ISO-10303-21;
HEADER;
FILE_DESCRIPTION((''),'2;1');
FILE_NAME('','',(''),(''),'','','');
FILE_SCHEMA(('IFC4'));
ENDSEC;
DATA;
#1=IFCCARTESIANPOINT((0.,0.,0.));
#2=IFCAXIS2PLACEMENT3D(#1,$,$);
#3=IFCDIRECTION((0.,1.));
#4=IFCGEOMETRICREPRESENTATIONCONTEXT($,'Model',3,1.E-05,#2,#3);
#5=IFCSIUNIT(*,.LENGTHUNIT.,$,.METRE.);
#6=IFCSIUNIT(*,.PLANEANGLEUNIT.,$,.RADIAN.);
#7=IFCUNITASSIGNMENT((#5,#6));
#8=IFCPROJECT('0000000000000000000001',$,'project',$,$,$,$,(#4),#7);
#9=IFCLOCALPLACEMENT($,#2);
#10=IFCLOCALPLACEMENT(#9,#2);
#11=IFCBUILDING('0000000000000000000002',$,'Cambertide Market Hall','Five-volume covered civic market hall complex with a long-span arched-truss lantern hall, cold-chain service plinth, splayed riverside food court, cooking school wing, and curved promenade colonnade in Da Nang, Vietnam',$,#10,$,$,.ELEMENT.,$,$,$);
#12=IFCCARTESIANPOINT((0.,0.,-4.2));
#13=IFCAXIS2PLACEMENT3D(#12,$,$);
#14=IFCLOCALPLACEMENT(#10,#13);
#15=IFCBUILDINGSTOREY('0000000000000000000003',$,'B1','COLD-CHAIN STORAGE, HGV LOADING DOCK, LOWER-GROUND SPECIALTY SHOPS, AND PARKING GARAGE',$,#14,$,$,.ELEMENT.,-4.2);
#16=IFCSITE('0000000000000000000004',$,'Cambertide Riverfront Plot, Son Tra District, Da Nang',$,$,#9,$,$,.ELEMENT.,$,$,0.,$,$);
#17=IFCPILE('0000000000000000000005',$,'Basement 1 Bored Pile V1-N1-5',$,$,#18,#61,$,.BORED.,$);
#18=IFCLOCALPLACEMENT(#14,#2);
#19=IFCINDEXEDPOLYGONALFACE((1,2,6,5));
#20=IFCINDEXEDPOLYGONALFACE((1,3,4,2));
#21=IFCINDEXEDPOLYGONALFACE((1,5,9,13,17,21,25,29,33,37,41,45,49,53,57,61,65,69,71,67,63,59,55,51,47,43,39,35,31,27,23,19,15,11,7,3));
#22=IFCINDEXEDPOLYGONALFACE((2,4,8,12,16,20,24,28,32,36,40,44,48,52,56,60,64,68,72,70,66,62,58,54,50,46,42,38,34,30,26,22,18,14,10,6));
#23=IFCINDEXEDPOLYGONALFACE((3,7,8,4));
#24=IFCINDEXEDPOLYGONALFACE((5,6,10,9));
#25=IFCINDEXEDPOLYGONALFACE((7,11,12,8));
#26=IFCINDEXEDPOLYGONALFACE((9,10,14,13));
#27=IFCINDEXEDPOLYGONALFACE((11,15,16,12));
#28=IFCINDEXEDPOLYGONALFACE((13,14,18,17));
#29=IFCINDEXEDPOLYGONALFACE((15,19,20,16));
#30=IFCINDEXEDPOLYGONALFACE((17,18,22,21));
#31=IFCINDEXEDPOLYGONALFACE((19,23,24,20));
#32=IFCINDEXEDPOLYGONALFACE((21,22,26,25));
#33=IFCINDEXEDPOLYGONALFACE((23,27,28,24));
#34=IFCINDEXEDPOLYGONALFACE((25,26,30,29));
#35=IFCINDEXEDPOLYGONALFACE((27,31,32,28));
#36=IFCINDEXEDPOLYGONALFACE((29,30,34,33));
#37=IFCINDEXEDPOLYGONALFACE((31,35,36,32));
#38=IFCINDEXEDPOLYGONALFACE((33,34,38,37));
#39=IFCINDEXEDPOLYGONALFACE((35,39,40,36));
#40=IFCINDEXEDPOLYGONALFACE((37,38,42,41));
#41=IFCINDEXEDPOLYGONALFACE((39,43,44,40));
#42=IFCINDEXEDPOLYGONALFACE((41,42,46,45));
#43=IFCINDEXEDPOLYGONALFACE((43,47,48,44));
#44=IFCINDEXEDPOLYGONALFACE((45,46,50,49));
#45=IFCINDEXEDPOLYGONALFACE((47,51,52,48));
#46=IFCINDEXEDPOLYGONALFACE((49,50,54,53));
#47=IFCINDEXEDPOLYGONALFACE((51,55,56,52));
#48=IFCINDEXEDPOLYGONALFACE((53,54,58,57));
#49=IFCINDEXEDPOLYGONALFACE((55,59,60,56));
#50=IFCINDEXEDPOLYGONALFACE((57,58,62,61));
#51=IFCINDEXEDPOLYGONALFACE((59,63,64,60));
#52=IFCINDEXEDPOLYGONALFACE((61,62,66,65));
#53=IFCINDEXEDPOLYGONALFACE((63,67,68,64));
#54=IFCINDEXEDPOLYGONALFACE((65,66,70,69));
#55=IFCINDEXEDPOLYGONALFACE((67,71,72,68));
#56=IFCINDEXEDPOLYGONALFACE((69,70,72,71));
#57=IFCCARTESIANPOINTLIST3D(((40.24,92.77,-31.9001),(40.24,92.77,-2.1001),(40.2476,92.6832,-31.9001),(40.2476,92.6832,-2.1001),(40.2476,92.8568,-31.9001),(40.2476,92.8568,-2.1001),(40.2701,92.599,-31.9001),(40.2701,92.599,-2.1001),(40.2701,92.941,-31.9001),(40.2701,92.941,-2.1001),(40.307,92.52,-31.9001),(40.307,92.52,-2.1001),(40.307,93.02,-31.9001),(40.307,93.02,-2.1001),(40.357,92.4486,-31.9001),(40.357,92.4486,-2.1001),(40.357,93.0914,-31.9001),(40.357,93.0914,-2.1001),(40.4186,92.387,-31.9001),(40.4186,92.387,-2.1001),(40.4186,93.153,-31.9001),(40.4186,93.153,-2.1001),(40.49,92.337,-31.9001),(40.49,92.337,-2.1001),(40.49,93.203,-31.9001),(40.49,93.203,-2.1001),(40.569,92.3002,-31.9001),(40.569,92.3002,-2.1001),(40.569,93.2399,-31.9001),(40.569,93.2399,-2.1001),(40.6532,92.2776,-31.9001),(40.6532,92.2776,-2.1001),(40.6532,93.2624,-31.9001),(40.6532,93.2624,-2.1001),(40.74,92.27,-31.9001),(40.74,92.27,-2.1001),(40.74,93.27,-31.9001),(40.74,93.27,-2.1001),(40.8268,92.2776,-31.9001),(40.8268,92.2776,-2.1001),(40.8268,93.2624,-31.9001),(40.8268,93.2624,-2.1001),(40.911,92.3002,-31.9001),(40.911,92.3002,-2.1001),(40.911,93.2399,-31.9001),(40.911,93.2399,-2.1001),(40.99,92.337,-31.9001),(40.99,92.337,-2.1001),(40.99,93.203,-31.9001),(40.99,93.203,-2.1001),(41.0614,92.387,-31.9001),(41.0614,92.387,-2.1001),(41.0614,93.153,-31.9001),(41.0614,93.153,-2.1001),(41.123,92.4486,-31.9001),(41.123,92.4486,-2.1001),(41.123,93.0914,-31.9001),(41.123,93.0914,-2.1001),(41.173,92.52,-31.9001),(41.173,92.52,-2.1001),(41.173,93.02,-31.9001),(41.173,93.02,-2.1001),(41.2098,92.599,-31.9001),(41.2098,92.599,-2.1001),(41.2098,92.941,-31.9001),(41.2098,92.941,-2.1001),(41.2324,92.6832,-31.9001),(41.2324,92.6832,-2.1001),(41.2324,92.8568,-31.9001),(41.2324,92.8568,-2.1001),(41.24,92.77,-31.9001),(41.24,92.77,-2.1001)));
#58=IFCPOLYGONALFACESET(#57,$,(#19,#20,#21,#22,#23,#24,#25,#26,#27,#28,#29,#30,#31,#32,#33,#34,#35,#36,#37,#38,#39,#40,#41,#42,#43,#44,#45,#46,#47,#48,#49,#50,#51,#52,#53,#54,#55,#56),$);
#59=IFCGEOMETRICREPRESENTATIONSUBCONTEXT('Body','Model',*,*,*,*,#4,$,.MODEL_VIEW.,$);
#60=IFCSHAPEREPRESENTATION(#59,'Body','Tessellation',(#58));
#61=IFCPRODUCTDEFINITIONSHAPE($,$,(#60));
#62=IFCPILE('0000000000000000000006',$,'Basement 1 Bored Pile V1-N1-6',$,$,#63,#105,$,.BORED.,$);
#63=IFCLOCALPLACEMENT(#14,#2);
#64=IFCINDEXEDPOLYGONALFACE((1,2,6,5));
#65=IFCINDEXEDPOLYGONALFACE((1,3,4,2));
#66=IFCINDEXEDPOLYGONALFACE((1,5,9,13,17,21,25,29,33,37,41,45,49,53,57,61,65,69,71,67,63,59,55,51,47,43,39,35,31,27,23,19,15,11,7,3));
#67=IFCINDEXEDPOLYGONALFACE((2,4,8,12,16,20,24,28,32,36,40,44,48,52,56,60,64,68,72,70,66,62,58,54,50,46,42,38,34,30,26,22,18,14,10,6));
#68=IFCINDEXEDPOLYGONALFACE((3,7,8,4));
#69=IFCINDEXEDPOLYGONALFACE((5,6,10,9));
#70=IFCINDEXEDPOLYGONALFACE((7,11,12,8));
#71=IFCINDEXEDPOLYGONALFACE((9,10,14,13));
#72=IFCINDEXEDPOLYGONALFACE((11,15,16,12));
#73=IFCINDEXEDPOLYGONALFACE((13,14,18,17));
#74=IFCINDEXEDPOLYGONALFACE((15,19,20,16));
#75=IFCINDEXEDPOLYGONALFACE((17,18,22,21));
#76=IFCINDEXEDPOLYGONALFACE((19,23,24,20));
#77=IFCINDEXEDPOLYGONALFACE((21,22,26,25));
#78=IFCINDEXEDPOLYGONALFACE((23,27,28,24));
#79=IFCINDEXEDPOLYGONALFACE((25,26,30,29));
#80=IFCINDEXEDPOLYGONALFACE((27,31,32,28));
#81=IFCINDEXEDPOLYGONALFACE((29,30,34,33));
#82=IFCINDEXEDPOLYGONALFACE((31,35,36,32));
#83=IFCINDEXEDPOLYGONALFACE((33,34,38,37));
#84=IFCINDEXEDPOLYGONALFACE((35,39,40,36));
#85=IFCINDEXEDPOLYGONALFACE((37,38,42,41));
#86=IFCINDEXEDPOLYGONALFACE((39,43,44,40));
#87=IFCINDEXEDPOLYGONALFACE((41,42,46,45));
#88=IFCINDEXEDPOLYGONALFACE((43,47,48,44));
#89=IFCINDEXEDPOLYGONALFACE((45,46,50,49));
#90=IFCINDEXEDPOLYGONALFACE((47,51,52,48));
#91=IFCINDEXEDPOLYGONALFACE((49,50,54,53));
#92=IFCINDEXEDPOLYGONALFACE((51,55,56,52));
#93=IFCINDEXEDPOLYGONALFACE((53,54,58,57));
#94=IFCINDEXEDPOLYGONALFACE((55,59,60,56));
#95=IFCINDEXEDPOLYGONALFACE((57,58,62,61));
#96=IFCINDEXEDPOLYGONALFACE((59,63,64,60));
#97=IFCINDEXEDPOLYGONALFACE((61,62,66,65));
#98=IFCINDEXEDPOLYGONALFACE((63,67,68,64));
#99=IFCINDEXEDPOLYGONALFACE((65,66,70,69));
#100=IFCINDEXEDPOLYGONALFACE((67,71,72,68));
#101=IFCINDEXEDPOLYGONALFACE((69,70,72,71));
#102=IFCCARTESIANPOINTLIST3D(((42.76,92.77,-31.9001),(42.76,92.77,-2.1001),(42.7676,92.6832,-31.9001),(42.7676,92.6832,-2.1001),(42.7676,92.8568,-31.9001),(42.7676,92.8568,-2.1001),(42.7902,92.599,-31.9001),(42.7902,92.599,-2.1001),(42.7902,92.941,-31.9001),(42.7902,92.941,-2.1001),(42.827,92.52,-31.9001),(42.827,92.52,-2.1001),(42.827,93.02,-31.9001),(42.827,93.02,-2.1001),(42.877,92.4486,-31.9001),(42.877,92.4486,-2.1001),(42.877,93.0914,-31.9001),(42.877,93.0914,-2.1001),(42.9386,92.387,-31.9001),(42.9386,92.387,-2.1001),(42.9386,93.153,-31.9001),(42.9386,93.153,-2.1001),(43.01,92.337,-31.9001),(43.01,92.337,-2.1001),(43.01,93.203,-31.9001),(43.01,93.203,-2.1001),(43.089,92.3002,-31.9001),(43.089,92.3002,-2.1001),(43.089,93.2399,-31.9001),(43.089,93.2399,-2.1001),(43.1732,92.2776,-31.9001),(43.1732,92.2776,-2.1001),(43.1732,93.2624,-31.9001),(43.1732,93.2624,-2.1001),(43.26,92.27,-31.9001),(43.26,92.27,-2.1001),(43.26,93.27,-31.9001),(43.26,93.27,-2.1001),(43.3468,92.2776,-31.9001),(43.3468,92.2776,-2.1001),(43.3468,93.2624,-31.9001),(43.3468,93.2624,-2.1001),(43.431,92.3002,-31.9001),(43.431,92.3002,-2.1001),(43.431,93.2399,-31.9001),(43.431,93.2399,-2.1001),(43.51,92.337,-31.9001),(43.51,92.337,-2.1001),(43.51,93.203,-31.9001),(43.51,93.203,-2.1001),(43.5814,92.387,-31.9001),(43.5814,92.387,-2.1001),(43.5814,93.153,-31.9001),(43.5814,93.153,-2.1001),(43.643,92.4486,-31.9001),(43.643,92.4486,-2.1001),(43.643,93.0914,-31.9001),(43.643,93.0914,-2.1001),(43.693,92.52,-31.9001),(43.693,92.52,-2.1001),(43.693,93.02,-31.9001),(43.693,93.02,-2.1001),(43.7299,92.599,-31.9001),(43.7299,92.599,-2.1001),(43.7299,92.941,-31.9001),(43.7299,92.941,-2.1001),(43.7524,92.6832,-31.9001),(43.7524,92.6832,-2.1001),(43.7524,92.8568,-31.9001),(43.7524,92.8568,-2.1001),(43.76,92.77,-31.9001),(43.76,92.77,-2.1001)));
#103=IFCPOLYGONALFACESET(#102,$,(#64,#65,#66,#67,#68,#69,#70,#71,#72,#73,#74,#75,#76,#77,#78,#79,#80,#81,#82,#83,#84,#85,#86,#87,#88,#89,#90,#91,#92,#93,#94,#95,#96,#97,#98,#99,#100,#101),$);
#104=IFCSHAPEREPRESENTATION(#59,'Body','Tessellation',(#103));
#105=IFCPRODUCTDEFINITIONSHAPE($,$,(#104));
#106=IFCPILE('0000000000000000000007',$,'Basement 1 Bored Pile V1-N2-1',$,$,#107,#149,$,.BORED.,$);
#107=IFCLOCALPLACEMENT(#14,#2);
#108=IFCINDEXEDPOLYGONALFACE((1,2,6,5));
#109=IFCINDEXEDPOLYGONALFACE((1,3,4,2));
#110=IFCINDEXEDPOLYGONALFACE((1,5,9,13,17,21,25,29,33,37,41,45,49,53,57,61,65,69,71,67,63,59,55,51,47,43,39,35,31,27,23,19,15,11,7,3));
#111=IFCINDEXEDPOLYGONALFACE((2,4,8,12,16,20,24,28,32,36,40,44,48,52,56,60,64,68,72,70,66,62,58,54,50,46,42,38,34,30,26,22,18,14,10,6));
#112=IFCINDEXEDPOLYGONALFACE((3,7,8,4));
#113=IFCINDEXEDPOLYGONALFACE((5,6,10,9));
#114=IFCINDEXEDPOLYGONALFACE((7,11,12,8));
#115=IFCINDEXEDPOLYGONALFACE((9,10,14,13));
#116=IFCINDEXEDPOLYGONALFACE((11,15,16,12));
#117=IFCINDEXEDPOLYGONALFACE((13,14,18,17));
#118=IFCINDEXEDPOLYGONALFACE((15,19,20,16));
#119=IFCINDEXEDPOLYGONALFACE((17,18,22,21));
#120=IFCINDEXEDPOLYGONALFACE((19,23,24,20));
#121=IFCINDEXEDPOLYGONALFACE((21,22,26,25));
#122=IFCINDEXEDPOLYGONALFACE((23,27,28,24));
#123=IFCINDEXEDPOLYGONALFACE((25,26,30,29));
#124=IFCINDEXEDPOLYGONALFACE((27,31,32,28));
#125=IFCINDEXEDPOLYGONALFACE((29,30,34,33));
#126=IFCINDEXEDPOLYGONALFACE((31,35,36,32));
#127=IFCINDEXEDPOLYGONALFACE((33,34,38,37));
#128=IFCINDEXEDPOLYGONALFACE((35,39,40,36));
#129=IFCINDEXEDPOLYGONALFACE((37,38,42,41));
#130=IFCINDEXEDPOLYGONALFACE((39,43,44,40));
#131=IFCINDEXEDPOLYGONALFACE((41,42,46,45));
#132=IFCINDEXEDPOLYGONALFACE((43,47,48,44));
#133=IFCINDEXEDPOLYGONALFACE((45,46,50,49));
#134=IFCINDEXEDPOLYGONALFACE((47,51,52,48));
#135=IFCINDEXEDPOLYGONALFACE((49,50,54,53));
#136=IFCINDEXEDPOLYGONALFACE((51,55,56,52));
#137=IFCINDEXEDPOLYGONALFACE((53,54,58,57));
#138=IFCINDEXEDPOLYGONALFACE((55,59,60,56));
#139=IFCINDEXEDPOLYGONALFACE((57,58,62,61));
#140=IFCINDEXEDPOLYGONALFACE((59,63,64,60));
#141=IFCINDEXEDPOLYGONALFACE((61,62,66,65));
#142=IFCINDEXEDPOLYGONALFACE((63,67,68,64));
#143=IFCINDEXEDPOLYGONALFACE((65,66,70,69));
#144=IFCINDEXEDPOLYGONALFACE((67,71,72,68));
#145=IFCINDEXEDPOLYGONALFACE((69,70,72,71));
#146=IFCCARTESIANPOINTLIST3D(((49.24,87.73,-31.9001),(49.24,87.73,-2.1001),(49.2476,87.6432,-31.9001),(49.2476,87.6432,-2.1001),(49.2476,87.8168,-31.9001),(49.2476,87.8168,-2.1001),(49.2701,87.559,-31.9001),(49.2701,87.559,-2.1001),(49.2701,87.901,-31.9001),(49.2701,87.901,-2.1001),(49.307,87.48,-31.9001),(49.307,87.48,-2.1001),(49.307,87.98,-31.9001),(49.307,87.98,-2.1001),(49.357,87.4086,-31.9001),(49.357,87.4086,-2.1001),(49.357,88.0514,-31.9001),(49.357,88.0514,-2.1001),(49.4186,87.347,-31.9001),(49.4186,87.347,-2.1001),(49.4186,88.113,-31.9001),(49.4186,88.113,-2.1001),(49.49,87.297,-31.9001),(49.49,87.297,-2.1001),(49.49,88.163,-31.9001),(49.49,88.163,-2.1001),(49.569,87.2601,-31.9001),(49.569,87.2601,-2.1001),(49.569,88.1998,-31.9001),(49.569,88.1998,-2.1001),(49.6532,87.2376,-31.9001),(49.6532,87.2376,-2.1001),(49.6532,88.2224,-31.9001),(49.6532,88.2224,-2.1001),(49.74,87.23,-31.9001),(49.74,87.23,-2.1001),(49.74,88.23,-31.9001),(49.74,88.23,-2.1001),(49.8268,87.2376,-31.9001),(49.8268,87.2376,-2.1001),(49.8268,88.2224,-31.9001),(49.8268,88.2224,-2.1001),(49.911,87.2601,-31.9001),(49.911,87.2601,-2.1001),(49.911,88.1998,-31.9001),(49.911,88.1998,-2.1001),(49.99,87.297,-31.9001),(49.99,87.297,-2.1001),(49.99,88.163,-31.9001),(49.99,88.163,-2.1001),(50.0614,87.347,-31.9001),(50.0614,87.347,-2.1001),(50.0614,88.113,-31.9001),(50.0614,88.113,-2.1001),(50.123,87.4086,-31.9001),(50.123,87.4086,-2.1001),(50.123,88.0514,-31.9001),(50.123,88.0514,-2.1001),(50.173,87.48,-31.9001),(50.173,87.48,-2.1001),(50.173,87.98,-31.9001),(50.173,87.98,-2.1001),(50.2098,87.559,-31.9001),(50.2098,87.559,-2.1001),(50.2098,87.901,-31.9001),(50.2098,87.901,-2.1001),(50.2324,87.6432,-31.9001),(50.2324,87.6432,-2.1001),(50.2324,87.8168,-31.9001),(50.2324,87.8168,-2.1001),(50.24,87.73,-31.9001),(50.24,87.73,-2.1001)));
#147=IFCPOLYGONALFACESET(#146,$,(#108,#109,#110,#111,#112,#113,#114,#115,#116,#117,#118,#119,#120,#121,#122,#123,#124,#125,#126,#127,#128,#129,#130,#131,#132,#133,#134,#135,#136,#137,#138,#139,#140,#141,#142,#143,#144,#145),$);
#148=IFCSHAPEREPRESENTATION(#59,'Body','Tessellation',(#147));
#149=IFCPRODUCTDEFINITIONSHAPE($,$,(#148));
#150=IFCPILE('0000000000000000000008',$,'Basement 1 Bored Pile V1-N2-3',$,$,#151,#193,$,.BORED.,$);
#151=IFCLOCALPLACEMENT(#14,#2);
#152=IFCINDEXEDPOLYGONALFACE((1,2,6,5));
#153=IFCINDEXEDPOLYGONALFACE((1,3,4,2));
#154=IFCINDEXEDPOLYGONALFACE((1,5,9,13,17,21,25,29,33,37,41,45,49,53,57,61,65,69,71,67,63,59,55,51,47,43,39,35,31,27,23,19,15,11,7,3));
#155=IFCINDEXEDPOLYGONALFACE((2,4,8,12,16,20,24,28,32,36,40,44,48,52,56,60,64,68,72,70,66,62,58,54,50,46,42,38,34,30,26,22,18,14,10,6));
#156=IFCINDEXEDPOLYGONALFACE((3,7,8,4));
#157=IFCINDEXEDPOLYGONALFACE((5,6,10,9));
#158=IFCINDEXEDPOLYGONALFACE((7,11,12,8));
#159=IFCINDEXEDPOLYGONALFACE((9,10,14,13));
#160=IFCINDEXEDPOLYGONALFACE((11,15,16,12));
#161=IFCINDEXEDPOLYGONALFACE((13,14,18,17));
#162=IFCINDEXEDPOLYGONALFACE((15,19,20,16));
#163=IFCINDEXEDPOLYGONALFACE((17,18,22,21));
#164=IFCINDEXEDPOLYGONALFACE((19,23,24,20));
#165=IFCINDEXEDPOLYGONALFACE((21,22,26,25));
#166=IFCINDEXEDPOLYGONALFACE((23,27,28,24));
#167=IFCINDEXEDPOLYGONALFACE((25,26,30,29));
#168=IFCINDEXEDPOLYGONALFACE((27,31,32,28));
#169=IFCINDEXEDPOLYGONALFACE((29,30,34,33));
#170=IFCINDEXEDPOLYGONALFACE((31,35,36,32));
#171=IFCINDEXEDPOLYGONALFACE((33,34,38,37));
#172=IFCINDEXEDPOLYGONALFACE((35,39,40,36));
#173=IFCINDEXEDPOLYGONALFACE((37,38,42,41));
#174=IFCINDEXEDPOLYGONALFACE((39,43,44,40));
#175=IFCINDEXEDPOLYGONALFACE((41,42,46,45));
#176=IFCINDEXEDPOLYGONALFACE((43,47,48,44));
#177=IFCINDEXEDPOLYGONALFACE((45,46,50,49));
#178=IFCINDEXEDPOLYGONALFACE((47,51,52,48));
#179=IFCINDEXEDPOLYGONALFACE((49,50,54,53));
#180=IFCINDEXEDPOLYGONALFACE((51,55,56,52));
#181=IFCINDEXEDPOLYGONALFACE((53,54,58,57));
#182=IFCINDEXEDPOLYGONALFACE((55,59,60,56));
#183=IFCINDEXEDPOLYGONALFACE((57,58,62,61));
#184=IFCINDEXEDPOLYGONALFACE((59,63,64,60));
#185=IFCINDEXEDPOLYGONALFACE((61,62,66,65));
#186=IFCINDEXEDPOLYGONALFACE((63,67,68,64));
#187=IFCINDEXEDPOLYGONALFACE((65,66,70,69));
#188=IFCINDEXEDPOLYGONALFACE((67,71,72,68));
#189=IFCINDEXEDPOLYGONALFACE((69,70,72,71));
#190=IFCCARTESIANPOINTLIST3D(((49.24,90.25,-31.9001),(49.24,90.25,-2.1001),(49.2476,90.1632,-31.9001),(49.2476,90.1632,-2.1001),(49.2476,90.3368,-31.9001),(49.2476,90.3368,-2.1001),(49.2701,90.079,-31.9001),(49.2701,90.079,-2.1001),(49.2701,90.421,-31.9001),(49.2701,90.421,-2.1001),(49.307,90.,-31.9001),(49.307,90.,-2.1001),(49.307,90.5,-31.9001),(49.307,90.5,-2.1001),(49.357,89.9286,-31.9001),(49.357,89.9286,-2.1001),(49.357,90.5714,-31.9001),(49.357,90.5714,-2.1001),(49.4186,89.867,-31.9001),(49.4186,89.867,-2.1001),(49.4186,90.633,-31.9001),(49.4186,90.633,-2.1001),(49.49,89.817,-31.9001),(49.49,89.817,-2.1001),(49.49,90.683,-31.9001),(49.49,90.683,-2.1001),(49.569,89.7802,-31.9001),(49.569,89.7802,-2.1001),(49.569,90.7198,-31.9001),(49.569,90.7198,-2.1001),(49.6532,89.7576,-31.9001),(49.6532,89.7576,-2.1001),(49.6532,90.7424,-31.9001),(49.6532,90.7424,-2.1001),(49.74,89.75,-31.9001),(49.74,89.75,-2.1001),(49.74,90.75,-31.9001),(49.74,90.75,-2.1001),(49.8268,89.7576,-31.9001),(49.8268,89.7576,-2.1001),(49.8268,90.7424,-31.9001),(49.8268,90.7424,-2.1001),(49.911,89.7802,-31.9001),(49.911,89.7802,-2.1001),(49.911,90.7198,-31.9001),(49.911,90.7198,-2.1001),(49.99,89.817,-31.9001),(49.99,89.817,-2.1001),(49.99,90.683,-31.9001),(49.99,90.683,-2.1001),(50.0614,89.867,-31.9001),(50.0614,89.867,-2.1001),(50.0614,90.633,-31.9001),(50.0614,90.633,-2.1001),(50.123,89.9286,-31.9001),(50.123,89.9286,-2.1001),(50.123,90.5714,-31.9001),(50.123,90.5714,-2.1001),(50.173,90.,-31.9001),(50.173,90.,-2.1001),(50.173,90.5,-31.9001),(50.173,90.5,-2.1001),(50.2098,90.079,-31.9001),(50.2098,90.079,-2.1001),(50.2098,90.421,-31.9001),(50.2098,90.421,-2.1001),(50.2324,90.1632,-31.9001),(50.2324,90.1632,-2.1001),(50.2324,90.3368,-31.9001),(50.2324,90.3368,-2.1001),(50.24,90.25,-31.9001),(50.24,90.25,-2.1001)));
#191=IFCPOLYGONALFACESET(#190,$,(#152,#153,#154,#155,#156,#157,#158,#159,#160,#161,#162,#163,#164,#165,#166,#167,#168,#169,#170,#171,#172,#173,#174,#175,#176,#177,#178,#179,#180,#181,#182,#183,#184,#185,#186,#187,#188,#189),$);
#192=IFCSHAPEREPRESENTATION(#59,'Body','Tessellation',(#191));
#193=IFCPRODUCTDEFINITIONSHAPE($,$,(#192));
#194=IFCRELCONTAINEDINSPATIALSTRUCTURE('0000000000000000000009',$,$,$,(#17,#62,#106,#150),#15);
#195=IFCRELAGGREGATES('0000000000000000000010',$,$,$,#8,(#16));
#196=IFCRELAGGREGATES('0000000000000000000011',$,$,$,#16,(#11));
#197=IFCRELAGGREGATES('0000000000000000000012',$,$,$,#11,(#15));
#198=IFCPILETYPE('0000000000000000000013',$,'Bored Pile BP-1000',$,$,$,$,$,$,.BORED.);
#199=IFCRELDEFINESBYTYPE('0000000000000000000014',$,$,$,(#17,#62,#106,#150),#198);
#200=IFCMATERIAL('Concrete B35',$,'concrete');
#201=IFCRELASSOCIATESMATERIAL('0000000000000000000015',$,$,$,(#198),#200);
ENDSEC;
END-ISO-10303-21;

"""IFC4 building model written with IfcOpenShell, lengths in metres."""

from ifc_helpers import new_model, si_unit, direction, frame, origin, origin_2d, place, context, subcontext, project, spatial, circle, extrude, material, material_profile, profile_set, type_object, element, save


model = new_model("IFC4")

# Units and contexts
model_context = context("Model", 3, precision=1e-05, world=origin(), true_north=direction((0.0, 1.0)))
body_context = subcontext(model_context, "Body", "Model", "MODEL_VIEW")
ifc_project = project(units=[si_unit("LENGTHUNIT", "METRE"), si_unit("PLANEANGLEUNIT", "RADIAN")], contexts=[model_context])

# Site, building, storey
site_placement = place(None, origin())
site = spatial("IfcSite", under=ifc_project, at=site_placement, Name="Cambertide Riverfront Plot, Son Tra District, Da Nang", CompositionType="ELEMENT", RefElevation=0.0)
building_placement = place(site_placement, origin())
building = spatial("IfcBuilding", under=site, at=building_placement, Name="Cambertide Market Hall", Description="Five-volume covered civic market hall complex with a long-span arched-truss lantern hall, cold-chain service plinth, splayed riverside food court, cooking school wing, and curved promenade colonnade in Da Nang, Vietnam", CompositionType="ELEMENT")
storey_placement = place(building_placement, frame((0.0, 0.0, -4.2)))
storey = spatial("IfcBuildingStorey", under=building, at=storey_placement, Name="B1", Description="COLD-CHAIN STORAGE, HGV LOADING DOCK, LOWER-GROUND SPECIALTY SHOPS, AND PARKING GARAGE", CompositionType="ELEMENT", Elevation=-4.2)

# Piles
ifc_material_1 = material(Name="Concrete B35", Category="concrete")
ifc_material_profile_1 = material_profile(ifc_material_1, circle(Radius=0.5, at=origin_2d()), Name="BP D1000")
ifc_profile_set_1 = profile_set([ifc_material_profile_1], Name="Concrete B35")
pile_type_1 = type_object("IfcPileType", Name="Bored Pile BP-1000", PredefinedType="BORED", material=ifc_profile_set_1)
for number, where, z_axis, x_axis, name in (
    (1, (40.74, 92.77, -2.1001), (0.0, 0.0, -1.0), (1.0, 0.0, 0.0), "Basement 1 Bored Pile V1-N1-5"),
    (2, (43.26, 92.77, -2.1001), (0.0, 0.0, -1.0), (1.0, 0.0, 0.0), "Basement 1 Bored Pile V1-N1-6"),
    (3, (49.74, 87.73, -2.1001), (0.0, 0.0, -1.0), (1.0, 0.0, 0.0), "Basement 1 Bored Pile V1-N2-1"),
    (4, (49.74, 90.25, -2.1001), (0.0, 0.0, -1.0), (1.0, 0.0, 0.0), "Basement 1 Bored Pile V1-N2-3"),
):
    element("IfcPile", number, at=place(storey_placement, frame(where, z_axis=z_axis, x_axis=x_axis)), inside=storey, type_object=pile_type_1, Name=name, PredefinedType="BORED", context=body_context, shape_type="SweptSolid", body=[
        extrude(circle(Radius=0.5, at=origin_2d()), origin(), (0.0, 0.0, 1.0), 29.8),
    ])

save(model, "model.ifc")
